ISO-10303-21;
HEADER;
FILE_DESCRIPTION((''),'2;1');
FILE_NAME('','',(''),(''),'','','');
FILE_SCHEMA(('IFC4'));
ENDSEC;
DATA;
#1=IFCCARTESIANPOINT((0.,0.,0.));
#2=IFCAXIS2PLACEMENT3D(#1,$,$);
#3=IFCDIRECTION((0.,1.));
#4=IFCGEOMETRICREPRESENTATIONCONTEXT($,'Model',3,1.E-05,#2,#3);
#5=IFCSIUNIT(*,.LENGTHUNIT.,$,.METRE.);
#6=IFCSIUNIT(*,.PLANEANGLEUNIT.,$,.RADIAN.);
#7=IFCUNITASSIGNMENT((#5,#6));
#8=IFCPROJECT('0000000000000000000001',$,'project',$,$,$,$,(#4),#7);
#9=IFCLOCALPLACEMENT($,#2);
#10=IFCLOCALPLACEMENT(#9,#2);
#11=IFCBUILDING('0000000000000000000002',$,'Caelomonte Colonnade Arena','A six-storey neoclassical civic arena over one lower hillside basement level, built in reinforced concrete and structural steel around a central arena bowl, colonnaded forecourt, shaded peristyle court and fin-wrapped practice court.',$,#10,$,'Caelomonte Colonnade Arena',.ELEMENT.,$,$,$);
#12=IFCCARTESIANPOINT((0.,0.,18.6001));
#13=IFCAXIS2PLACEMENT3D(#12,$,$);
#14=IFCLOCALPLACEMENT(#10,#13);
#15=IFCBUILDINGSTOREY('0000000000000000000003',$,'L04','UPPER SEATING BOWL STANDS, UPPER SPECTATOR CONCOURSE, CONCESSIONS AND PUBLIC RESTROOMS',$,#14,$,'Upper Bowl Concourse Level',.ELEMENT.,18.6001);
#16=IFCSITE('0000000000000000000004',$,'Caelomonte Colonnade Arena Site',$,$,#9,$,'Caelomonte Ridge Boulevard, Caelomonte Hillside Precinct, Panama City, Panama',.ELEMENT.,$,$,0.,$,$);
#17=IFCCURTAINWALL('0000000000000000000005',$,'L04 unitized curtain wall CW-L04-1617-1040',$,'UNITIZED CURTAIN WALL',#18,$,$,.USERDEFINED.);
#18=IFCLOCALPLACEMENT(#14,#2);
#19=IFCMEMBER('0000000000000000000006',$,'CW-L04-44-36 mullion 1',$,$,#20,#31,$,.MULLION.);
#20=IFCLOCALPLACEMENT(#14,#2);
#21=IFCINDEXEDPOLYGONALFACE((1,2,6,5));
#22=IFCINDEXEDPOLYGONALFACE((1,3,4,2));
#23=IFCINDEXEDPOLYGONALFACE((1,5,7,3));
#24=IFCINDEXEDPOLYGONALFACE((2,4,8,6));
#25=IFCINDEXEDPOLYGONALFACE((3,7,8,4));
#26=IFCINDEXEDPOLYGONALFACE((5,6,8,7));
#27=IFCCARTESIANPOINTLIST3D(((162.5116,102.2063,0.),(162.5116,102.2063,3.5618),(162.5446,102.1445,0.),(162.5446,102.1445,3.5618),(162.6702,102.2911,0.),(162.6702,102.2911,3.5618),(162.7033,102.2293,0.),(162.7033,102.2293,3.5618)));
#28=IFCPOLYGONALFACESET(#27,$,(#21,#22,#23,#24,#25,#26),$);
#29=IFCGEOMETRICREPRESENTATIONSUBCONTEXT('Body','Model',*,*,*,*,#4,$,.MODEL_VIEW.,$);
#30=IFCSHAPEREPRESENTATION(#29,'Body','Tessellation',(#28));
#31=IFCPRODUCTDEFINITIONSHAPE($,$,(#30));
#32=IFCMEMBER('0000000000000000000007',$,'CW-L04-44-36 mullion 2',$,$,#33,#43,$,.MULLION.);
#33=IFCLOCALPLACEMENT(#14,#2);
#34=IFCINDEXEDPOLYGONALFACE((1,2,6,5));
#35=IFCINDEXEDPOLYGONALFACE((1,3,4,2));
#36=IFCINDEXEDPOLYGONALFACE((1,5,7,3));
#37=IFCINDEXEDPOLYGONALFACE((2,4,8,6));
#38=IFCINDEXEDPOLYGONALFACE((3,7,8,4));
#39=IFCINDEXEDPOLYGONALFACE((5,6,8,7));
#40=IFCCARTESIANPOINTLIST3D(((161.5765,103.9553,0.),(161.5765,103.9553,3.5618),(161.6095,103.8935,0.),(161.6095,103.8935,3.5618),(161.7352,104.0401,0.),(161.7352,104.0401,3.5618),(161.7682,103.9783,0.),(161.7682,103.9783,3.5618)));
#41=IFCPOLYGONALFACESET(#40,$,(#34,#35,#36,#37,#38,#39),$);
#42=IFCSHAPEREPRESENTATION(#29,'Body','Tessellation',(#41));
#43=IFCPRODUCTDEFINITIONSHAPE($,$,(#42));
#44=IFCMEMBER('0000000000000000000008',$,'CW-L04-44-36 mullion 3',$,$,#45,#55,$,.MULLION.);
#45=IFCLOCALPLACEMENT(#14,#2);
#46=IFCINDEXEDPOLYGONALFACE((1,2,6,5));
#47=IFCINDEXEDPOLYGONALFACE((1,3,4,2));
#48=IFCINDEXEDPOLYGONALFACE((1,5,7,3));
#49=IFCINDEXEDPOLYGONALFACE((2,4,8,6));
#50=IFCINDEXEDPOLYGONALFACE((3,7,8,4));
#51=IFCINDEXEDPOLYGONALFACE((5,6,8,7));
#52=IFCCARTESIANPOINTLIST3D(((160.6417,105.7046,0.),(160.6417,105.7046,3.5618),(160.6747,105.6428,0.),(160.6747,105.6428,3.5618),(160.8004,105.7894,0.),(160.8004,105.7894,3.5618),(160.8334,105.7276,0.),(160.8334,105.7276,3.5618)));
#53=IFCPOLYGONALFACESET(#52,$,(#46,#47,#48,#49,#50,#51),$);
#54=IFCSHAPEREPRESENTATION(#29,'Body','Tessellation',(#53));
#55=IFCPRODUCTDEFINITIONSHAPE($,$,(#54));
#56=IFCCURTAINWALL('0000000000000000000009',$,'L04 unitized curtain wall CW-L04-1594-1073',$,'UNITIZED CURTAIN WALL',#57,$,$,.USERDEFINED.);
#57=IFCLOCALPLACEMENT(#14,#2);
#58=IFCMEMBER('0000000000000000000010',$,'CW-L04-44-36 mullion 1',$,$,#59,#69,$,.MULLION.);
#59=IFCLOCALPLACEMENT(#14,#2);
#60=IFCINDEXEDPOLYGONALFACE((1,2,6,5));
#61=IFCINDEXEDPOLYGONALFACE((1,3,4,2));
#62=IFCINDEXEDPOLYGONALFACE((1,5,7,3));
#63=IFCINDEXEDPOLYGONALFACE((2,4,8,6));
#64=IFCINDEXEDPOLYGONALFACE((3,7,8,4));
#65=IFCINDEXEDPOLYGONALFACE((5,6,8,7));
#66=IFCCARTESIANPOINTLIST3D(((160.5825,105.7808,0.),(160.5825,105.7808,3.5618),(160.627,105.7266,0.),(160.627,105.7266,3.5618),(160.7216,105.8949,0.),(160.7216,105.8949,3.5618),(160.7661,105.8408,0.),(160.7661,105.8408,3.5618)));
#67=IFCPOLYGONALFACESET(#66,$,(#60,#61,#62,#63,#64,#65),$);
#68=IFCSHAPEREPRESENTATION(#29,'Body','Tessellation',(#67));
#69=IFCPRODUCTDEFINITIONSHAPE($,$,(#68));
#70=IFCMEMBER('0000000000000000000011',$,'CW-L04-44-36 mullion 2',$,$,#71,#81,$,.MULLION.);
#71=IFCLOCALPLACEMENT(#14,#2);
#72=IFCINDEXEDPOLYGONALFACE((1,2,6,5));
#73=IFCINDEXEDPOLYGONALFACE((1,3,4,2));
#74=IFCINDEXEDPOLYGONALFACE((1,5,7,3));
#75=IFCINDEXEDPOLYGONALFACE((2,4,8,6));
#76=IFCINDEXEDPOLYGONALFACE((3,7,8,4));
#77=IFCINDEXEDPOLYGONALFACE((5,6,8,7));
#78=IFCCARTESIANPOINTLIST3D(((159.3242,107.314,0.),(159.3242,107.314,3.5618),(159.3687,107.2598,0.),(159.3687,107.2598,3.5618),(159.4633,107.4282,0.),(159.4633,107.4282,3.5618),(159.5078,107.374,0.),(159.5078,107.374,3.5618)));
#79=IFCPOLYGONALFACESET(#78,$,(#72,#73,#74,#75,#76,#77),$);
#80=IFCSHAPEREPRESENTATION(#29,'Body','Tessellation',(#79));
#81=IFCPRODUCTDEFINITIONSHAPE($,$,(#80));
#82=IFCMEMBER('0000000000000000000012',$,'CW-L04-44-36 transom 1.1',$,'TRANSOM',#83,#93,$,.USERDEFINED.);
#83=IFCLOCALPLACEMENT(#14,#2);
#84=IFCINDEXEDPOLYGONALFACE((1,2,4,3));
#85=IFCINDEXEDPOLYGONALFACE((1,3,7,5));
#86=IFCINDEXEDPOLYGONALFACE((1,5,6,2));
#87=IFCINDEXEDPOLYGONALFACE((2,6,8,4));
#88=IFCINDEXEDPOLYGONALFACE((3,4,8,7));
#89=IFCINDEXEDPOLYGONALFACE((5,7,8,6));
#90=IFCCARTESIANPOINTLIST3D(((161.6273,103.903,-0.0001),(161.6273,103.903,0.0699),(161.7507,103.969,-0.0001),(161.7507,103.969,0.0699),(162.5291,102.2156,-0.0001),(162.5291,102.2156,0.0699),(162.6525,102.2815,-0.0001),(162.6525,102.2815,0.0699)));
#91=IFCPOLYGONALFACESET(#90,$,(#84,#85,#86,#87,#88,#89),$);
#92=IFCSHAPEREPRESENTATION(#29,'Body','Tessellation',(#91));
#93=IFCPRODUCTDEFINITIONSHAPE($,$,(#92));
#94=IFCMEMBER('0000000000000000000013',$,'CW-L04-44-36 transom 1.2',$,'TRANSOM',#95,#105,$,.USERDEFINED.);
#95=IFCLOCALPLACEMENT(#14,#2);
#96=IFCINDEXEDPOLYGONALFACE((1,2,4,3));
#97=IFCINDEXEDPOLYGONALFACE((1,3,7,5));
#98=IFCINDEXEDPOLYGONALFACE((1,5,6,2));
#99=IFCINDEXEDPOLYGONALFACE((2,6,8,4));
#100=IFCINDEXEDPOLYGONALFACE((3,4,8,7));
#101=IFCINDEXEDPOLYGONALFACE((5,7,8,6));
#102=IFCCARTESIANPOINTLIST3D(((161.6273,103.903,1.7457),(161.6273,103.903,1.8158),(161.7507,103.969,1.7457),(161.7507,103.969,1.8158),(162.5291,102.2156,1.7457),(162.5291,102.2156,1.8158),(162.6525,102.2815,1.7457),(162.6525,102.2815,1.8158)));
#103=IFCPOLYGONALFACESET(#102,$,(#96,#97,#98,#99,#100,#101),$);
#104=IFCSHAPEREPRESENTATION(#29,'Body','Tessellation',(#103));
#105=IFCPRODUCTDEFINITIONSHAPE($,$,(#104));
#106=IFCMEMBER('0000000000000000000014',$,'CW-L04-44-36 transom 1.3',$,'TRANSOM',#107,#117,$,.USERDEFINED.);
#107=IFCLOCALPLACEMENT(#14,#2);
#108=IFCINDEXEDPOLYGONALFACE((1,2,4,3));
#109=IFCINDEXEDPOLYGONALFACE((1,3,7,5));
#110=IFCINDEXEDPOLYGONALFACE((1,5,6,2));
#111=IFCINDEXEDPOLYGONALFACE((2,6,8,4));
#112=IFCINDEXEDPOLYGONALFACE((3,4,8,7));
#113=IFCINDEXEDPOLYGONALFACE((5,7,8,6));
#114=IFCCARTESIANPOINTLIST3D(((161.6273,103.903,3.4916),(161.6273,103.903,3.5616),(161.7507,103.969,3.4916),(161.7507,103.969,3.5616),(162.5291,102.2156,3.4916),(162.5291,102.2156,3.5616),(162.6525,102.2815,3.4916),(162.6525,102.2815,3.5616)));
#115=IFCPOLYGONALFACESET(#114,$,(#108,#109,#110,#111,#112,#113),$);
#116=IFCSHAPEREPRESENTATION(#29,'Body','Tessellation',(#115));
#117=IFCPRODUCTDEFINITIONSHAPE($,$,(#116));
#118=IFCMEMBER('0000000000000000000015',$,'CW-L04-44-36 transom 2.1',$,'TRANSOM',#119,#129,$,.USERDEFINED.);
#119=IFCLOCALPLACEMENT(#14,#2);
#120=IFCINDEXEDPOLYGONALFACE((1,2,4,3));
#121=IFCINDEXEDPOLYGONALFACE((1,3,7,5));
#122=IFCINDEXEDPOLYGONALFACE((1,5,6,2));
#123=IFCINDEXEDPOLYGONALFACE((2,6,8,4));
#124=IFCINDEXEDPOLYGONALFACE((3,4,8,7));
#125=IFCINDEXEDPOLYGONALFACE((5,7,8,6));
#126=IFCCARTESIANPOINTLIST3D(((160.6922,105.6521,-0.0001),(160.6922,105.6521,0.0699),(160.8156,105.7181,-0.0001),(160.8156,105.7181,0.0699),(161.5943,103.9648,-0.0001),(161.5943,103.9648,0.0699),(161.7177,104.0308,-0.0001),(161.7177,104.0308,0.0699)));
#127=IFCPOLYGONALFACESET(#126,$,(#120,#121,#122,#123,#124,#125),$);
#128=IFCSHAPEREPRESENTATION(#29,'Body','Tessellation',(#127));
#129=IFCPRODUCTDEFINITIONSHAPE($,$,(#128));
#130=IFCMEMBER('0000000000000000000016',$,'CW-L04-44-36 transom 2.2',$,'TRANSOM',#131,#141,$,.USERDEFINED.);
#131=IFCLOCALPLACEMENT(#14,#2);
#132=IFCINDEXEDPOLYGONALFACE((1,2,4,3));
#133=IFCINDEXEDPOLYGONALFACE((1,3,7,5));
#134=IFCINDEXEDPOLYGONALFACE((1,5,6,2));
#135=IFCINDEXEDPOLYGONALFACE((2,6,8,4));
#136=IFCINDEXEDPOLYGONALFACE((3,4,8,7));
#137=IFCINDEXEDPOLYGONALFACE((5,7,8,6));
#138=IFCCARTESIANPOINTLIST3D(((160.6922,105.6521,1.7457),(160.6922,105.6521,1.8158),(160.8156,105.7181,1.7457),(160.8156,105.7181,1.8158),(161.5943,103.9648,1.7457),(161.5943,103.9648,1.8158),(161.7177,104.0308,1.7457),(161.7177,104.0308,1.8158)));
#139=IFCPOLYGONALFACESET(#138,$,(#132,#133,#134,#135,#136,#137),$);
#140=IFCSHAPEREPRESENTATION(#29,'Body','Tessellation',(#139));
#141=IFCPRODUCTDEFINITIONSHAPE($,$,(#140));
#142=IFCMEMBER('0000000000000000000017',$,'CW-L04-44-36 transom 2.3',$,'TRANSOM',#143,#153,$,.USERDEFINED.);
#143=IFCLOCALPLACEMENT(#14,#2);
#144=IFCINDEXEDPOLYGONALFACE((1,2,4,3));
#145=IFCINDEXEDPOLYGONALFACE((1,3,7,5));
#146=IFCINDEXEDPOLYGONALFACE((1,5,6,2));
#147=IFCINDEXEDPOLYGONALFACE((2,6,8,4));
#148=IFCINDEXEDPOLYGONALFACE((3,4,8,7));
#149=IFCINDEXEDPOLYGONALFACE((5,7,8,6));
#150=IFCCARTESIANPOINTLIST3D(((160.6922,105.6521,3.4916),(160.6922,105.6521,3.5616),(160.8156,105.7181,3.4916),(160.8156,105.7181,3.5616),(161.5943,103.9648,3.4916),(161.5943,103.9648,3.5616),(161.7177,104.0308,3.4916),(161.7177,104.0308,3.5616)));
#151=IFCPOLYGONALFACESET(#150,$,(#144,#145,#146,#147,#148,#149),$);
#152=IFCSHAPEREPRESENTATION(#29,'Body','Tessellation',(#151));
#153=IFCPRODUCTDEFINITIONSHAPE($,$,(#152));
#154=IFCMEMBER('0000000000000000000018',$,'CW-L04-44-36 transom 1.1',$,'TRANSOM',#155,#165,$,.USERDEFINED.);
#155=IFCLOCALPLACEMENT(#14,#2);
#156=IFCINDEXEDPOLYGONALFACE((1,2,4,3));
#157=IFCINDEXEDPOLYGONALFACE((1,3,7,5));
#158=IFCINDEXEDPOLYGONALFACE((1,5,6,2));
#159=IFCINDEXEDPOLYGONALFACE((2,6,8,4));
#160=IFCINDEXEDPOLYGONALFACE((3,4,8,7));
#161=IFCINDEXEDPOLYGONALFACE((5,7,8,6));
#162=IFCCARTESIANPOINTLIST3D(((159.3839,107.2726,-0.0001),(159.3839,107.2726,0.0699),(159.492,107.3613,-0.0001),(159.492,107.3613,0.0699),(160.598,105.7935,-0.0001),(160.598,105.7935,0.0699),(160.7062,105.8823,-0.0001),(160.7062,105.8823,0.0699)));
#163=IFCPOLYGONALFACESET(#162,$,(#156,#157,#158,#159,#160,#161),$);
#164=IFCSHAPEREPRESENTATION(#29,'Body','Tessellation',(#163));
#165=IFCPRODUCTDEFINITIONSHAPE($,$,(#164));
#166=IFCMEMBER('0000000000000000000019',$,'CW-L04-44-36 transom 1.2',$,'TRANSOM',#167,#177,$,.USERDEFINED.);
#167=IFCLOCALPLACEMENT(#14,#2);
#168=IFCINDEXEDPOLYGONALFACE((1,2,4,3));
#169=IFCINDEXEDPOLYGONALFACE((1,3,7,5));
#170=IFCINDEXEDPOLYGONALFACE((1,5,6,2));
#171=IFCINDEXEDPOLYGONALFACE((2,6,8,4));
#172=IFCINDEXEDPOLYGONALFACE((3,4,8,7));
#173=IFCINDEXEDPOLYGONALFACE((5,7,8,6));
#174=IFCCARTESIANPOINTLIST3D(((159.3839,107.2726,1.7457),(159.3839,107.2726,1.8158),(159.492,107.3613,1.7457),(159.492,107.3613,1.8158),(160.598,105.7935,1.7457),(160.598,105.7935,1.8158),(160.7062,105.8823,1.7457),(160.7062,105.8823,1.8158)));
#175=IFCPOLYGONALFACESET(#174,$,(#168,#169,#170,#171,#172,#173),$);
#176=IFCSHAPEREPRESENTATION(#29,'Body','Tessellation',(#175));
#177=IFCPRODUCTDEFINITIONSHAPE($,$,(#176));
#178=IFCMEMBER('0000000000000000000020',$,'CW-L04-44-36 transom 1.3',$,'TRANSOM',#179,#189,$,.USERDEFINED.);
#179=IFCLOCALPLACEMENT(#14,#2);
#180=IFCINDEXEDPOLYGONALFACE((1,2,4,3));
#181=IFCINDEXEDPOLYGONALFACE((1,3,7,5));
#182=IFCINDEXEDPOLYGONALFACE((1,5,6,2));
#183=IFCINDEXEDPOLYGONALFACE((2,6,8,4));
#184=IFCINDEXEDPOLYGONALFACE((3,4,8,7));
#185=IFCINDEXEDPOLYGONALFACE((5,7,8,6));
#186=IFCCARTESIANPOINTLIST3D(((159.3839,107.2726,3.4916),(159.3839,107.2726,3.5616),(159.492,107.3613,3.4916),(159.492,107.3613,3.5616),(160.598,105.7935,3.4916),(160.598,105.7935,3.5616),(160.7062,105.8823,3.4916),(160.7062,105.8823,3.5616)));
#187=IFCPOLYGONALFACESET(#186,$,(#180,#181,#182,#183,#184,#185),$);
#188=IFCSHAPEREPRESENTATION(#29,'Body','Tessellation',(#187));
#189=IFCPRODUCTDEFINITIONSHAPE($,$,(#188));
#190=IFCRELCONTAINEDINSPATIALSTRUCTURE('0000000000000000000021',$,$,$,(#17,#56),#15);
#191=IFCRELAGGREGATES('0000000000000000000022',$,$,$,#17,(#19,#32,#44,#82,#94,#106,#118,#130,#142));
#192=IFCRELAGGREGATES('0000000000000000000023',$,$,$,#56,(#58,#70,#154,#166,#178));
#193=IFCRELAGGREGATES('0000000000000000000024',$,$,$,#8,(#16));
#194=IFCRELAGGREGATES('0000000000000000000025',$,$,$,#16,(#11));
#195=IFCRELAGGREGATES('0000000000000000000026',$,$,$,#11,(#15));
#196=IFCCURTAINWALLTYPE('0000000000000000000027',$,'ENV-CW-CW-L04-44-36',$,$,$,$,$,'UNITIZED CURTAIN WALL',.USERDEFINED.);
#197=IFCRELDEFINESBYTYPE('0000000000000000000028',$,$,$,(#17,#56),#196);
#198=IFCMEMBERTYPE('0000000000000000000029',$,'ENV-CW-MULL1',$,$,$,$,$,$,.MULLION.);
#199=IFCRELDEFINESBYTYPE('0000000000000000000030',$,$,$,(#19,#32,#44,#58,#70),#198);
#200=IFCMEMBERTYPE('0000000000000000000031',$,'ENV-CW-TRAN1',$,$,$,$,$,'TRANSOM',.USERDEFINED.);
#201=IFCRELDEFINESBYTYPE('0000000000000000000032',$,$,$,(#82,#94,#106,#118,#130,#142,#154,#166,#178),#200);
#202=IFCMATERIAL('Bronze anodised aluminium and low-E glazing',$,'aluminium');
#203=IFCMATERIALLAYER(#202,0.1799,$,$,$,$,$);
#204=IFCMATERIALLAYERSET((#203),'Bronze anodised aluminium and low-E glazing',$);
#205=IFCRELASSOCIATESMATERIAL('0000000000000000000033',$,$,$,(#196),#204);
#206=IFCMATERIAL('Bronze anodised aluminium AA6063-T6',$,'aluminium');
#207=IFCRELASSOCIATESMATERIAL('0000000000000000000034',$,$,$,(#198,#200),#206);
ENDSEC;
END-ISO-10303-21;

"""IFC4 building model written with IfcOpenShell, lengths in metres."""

from ifc_helpers import new_model, si_unit, direction, frame, origin, origin_2d, place, context, subcontext, project, spatial, rectangle, extrude, material, layer, layer_set, material_profile, profile_set, type_object, element, aggregate, save


model = new_model("IFC4")

# Units and contexts
model_context = context("Model", 3, precision=1e-05, world=origin(), true_north=direction((0.0, 1.0)))
body_context = subcontext(model_context, "Body", "Model", "MODEL_VIEW")
ifc_project = project(units=[si_unit("LENGTHUNIT", "METRE"), si_unit("PLANEANGLEUNIT", "RADIAN")], contexts=[model_context])

# Site, building, storey
site_placement = place(None, origin())
site = spatial("IfcSite", under=ifc_project, at=site_placement, Name="Caelomonte Colonnade Arena Site", LongName="Caelomonte Ridge Boulevard, Caelomonte Hillside Precinct, Panama City, Panama", CompositionType="ELEMENT", RefElevation=0.0)
building_placement = place(site_placement, origin())
building = spatial("IfcBuilding", under=site, at=building_placement, Name="Caelomonte Colonnade Arena", Description="A six-storey neoclassical civic arena over one lower hillside basement level, built in reinforced concrete and structural steel around a central arena bowl, colonnaded forecourt, shaded peristyle court and fin-wrapped practice court.", LongName="Caelomonte Colonnade Arena", CompositionType="ELEMENT")
storey_placement = place(building_placement, frame((0.0, 0.0, 18.6001)))
storey = spatial("IfcBuildingStorey", under=building, at=storey_placement, Name="L04", Description="UPPER SEATING BOWL STANDS, UPPER SPECTATOR CONCOURSE, CONCESSIONS AND PUBLIC RESTROOMS", LongName="Upper Bowl Concourse Level", CompositionType="ELEMENT", Elevation=18.6001)

# Curtain walls, members
ifc_material_1 = material(Name="Bronze anodised aluminium and low-E glazing", Category="aluminium")
ifc_layer_1 = layer(ifc_material_1, 0.1799)
ifc_layer_set_1 = layer_set([ifc_layer_1], Name="Bronze anodised aluminium and low-E glazing")
curtain_wall_type = type_object("IfcCurtainWallType", Name="ENV-CW-CW-L04-44-36", ElementType="UNITIZED CURTAIN WALL", PredefinedType="USERDEFINED", material=ifc_layer_set_1)
curtain_wall_1_placement = place(storey_placement, origin())
curtain_wall_1 = element("IfcCurtainWall", 1, at=curtain_wall_1_placement, inside=storey, type_object=curtain_wall_type, Name="L04 unitized curtain wall CW-L04-1617-1040", ObjectType="UNITIZED CURTAIN WALL", PredefinedType="USERDEFINED")
ifc_material_2 = material(Name="Bronze anodised aluminium AA6063-T6", Category="aluminium")
ifc_material_profile_1 = material_profile(ifc_material_2, rectangle(XDim=0.0701, YDim=0.1799, at=origin_2d()), Name="CWM-70X180")
ifc_profile_set_1 = profile_set([ifc_material_profile_1], Name="Bronze anodised aluminium AA6063-T6")
member_type_1 = type_object("IfcMemberType", Name="ENV-CW-MULL1", PredefinedType="MULLION", material=ifc_profile_set_1)
member_1_placement = place(storey_placement, frame((162.6074, 102.2178, 0.0), z_axis=(0.0, 0.0, 1.0), x_axis=(-0.471394, 0.881923, 0.0)))
member_1 = element("IfcMember", 2, at=member_1_placement, type_object=member_type_1, Name="CW-L04-44-36 mullion 1", PredefinedType="MULLION", context=body_context, shape_type="SweptSolid", body=[
    extrude(rectangle(XDim=0.0701, YDim=0.1799, at=origin_2d()), origin(), (0.0, 0.0, 1.0), 3.5618),
])
member_2_placement = place(storey_placement, frame((161.6724, 103.9668, 0.0), z_axis=(0.0, 0.0, 1.0), x_axis=(-0.471394, 0.881923, 0.0)))
member_2 = element("IfcMember", 3, at=member_2_placement, type_object=member_type_1, Name="CW-L04-44-36 mullion 2", PredefinedType="MULLION", context=body_context, shape_type="SweptSolid", body=[
    extrude(rectangle(XDim=0.0701, YDim=0.1799, at=origin_2d()), origin(), (0.0, 0.0, 1.0), 3.5618),
])
member_3_placement = place(storey_placement, frame((160.7375, 105.7161, 0.0), z_axis=(0.0, 0.0, 1.0), x_axis=(-0.471394, 0.881923, 0.0)))
member_3 = element("IfcMember", 4, at=member_3_placement, type_object=member_type_1, Name="CW-L04-44-36 mullion 3", PredefinedType="MULLION", context=body_context, shape_type="SweptSolid", body=[
    extrude(rectangle(XDim=0.0701, YDim=0.1799, at=origin_2d()), origin(), (0.0, 0.0, 1.0), 3.5618),
])
curtain_wall_2_placement = place(storey_placement, origin())
curtain_wall_2 = element("IfcCurtainWall", 5, at=curtain_wall_2_placement, inside=storey, type_object=curtain_wall_type, Name="L04 unitized curtain wall CW-L04-1594-1073", ObjectType="UNITIZED CURTAIN WALL", PredefinedType="USERDEFINED")
member_4_placement = place(storey_placement, frame((160.6743, 105.8108, 0.0), z_axis=(0.0, 0.0, 1.0), x_axis=(-0.634416, 0.772992, 0.0)))
member_4 = element("IfcMember", 6, at=member_4_placement, type_object=member_type_1, Name="CW-L04-44-36 mullion 1", PredefinedType="MULLION", context=body_context, shape_type="SweptSolid", body=[
    extrude(rectangle(XDim=0.0701, YDim=0.1799, at=origin_2d()), origin(), (0.0, 0.0, 1.0), 3.5618),
])
member_5_placement = place(storey_placement, frame((159.416, 107.344, 0.0), z_axis=(0.0, 0.0, 1.0), x_axis=(-0.634416, 0.772992, 0.0)))
member_5 = element("IfcMember", 7, at=member_5_placement, type_object=member_type_1, Name="CW-L04-44-36 mullion 2", PredefinedType="MULLION", context=body_context, shape_type="SweptSolid", body=[
    extrude(rectangle(XDim=0.0701, YDim=0.1799, at=origin_2d()), origin(), (0.0, 0.0, 1.0), 3.5618),
])

# Members
ifc_material_profile_2 = material_profile(ifc_material_2, rectangle(XDim=0.0701, YDim=0.1399, at=origin_2d()), Name="CWT-70X140")
ifc_profile_set_2 = profile_set([ifc_material_profile_2], Name="Bronze anodised aluminium AA6063-T6")
member_type_2 = type_object("IfcMemberType", Name="ENV-CW-TRAN1", ElementType="TRANSOM", PredefinedType="USERDEFINED", material=ifc_profile_set_2)
member_6_placement = place(storey_placement, frame((162.5908, 102.2485, 0.0349), z_axis=(-0.471343, 0.88195, 0.0), x_axis=(0.0, 0.0, 1.0)))
member_6 = element("IfcMember", 8, at=member_6_placement, type_object=member_type_2, Name="CW-L04-44-36 transom 1.1", ObjectType="TRANSOM", PredefinedType="USERDEFINED", context=body_context, shape_type="SweptSolid", body=[
    extrude(rectangle(XDim=0.0701, YDim=0.1399, at=origin_2d()), origin(), (0.0, 0.0, 1.0), 1.9133),
])
member_7_placement = place(storey_placement, frame((162.5908, 102.2485, 1.7808), z_axis=(-0.471343, 0.88195, 0.0), x_axis=(0.0, 0.0, 1.0)))
member_7 = element("IfcMember", 9, at=member_7_placement, type_object=member_type_2, Name="CW-L04-44-36 transom 1.2", ObjectType="TRANSOM", PredefinedType="USERDEFINED", context=body_context, shape_type="SweptSolid", body=[
    extrude(rectangle(XDim=0.0701, YDim=0.1399, at=origin_2d()), origin(), (0.0, 0.0, 1.0), 1.9133),
])
member_8_placement = place(storey_placement, frame((162.5908, 102.2485, 3.5266), z_axis=(-0.471343, 0.88195, 0.0), x_axis=(0.0, 0.0, 1.0)))
member_8 = element("IfcMember", 10, at=member_8_placement, type_object=member_type_2, Name="CW-L04-44-36 transom 1.3", ObjectType="TRANSOM", PredefinedType="USERDEFINED", context=body_context, shape_type="SweptSolid", body=[
    extrude(rectangle(XDim=0.0701, YDim=0.1399, at=origin_2d()), origin(), (0.0, 0.0, 1.0), 1.9133),
])
member_9_placement = place(storey_placement, frame((161.656, 103.9978, 0.0349), z_axis=(-0.471495, 0.881869, 0.0), x_axis=(0.0, 0.0, 1.0)))
member_9 = element("IfcMember", 11, at=member_9_placement, type_object=member_type_2, Name="CW-L04-44-36 transom 2.1", ObjectType="TRANSOM", PredefinedType="USERDEFINED", context=body_context, shape_type="SweptSolid", body=[
    extrude(rectangle(XDim=0.0701, YDim=0.1399, at=origin_2d()), origin(), (0.0, 0.0, 1.0), 1.9133),
])
member_10_placement = place(storey_placement, frame((161.656, 103.9978, 1.7808), z_axis=(-0.471495, 0.881869, 0.0), x_axis=(0.0, 0.0, 1.0)))
member_10 = element("IfcMember", 12, at=member_10_placement, type_object=member_type_2, Name="CW-L04-44-36 transom 2.2", ObjectType="TRANSOM", PredefinedType="USERDEFINED", context=body_context, shape_type="SweptSolid", body=[
    extrude(rectangle(XDim=0.0701, YDim=0.1399, at=origin_2d()), origin(), (0.0, 0.0, 1.0), 1.9133),
])
member_11_placement = place(storey_placement, frame((161.656, 103.9978, 3.5266), z_axis=(-0.471495, 0.881869, 0.0), x_axis=(0.0, 0.0, 1.0)))
member_11 = element("IfcMember", 13, at=member_11_placement, type_object=member_type_2, Name="CW-L04-44-36 transom 2.3", ObjectType="TRANSOM", PredefinedType="USERDEFINED", context=body_context, shape_type="SweptSolid", body=[
    extrude(rectangle(XDim=0.0701, YDim=0.1399, at=origin_2d()), origin(), (0.0, 0.0, 1.0), 1.9133),
])
member_12_placement = place(storey_placement, frame((160.6521, 105.8379, 0.0349), z_axis=(-0.634495, 0.772927, 0.0), x_axis=(0.0, 0.0, 1.0)))
member_12 = element("IfcMember", 14, at=member_12_placement, type_object=member_type_2, Name="CW-L04-44-36 transom 1.1", ObjectType="TRANSOM", PredefinedType="USERDEFINED", context=body_context, shape_type="SweptSolid", body=[
    extrude(rectangle(XDim=0.0701, YDim=0.1399, at=origin_2d()), origin(), (0.0, 0.0, 1.0), 1.9136),
])
member_13_placement = place(storey_placement, frame((160.6521, 105.8379, 1.7808), z_axis=(-0.634495, 0.772927, 0.0), x_axis=(0.0, 0.0, 1.0)))
member_13 = element("IfcMember", 15, at=member_13_placement, type_object=member_type_2, Name="CW-L04-44-36 transom 1.2", ObjectType="TRANSOM", PredefinedType="USERDEFINED", context=body_context, shape_type="SweptSolid", body=[
    extrude(rectangle(XDim=0.0701, YDim=0.1399, at=origin_2d()), origin(), (0.0, 0.0, 1.0), 1.9136),
])
member_14_placement = place(storey_placement, frame((160.6521, 105.8379, 3.5266), z_axis=(-0.634495, 0.772927, 0.0), x_axis=(0.0, 0.0, 1.0)))
member_14 = element("IfcMember", 16, at=member_14_placement, type_object=member_type_2, Name="CW-L04-44-36 transom 1.3", ObjectType="TRANSOM", PredefinedType="USERDEFINED", context=body_context, shape_type="SweptSolid", body=[
    extrude(rectangle(XDim=0.0701, YDim=0.1399, at=origin_2d()), origin(), (0.0, 0.0, 1.0), 1.9136),
])

aggregate(curtain_wall_1, [member_1, member_2, member_3, member_6, member_7, member_8, member_9, member_10, member_11])
aggregate(curtain_wall_2, [member_4, member_5, member_12, member_13, member_14])

save(model, "model.ifc")
